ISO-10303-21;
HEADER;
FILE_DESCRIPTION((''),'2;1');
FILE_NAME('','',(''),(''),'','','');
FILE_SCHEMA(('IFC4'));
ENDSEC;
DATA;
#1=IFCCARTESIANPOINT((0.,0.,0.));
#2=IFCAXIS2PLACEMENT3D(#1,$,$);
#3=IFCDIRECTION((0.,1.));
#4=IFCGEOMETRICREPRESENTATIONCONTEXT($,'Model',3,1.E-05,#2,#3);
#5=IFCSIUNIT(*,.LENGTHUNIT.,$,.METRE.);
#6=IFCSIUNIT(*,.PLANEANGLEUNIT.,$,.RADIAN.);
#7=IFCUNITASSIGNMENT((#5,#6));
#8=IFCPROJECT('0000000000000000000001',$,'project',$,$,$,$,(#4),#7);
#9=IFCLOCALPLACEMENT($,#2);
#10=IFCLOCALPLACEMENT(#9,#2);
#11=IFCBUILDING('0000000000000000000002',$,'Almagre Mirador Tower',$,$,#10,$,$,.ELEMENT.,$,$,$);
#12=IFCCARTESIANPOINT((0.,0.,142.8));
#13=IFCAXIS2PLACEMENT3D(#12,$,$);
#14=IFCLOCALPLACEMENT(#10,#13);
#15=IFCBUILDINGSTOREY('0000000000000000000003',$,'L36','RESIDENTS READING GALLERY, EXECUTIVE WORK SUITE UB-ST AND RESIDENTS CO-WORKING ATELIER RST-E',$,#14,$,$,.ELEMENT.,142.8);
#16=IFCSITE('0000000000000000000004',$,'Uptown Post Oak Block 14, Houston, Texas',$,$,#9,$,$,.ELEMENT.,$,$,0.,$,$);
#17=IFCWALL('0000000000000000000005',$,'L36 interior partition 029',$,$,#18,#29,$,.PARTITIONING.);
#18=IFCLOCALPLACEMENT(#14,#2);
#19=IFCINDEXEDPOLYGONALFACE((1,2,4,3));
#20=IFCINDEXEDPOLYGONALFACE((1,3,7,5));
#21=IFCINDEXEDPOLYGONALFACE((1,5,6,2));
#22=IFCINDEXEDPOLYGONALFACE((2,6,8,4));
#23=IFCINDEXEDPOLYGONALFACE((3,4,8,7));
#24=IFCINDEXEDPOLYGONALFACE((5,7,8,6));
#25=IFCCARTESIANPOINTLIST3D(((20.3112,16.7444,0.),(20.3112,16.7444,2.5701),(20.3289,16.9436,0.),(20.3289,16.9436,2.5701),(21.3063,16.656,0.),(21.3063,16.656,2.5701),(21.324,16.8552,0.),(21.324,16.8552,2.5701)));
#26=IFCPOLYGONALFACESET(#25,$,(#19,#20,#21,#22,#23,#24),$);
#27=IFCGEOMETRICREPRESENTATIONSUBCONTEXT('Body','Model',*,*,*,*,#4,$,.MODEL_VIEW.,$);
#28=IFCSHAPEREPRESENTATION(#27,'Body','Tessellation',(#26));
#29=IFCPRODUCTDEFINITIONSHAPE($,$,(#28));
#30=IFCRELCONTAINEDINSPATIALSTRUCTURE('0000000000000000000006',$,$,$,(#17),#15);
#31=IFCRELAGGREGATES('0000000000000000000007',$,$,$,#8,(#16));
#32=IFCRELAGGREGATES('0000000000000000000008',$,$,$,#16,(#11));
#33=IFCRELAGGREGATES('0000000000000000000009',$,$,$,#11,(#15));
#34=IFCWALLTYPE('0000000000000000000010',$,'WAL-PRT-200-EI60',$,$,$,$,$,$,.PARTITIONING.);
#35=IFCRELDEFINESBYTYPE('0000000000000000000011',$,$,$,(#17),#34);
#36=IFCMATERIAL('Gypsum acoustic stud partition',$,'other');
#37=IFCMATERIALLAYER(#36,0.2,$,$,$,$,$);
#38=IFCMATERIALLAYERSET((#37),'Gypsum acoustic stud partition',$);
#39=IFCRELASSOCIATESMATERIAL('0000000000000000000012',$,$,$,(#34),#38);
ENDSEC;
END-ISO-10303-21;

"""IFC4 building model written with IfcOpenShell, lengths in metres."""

from ifc_helpers import new_model, si_unit, direction, frame, frame_2d, origin, place, context, subcontext, project, spatial, rectangle, extrude, material, layer, layer_set, type_object, element, save


model = new_model("IFC4")

# Units and contexts
model_context = context("Model", 3, precision=1e-05, world=origin(), true_north=direction((0.0, 1.0)))
body_context = subcontext(model_context, "Body", "Model", "MODEL_VIEW")
ifc_project = project(units=[si_unit("LENGTHUNIT", "METRE"), si_unit("PLANEANGLEUNIT", "RADIAN")], contexts=[model_context])

# Site, building, storey
site_placement = place(None, origin())
site = spatial("IfcSite", under=ifc_project, at=site_placement, Name="Uptown Post Oak Block 14, Houston, Texas", CompositionType="ELEMENT", RefElevation=0.0)
building_placement = place(site_placement, origin())
building = spatial("IfcBuilding", under=site, at=building_placement, Name="Almagre Mirador Tower", CompositionType="ELEMENT")
storey_placement = place(building_placement, frame((0.0, 0.0, 142.8)))
storey = spatial("IfcBuildingStorey", under=building, at=storey_placement, Name="L36", Description="RESIDENTS READING GALLERY, EXECUTIVE WORK SUITE UB-ST AND RESIDENTS CO-WORKING ATELIER RST-E", CompositionType="ELEMENT", Elevation=142.8)

# Shared definitions
ifc_material_1 = material(Name="Gypsum acoustic stud partition", Category="other")
ifc_layer_1 = layer(ifc_material_1, 0.2)
ifc_layer_set_1 = layer_set([ifc_layer_1], Name="Gypsum acoustic stud partition")
wall_type_1 = type_object("IfcWallType", Name="WAL-PRT-200-EI60", PredefinedType="PARTITIONING", material=ifc_layer_set_1)

# Wall
wall_1_placement = place(storey_placement, frame((21.3152, 16.7556, 0.0), z_axis=(0.0, 0.0, 1.0), x_axis=(-0.996079, 0.088464, 0.0)))
element("IfcWall", 1, at=wall_1_placement, inside=storey, type_object=wall_type_1, Name="L36 interior partition 029", PredefinedType="PARTITIONING", context=body_context, shape_type="SweptSolid", body=[
    extrude(rectangle(XDim=0.999, YDim=0.2, at=frame_2d((0.4995, 0.0))), origin(), (0.0, 0.0, 1.0), 2.5701),
])

save(model, "model.ifc")
